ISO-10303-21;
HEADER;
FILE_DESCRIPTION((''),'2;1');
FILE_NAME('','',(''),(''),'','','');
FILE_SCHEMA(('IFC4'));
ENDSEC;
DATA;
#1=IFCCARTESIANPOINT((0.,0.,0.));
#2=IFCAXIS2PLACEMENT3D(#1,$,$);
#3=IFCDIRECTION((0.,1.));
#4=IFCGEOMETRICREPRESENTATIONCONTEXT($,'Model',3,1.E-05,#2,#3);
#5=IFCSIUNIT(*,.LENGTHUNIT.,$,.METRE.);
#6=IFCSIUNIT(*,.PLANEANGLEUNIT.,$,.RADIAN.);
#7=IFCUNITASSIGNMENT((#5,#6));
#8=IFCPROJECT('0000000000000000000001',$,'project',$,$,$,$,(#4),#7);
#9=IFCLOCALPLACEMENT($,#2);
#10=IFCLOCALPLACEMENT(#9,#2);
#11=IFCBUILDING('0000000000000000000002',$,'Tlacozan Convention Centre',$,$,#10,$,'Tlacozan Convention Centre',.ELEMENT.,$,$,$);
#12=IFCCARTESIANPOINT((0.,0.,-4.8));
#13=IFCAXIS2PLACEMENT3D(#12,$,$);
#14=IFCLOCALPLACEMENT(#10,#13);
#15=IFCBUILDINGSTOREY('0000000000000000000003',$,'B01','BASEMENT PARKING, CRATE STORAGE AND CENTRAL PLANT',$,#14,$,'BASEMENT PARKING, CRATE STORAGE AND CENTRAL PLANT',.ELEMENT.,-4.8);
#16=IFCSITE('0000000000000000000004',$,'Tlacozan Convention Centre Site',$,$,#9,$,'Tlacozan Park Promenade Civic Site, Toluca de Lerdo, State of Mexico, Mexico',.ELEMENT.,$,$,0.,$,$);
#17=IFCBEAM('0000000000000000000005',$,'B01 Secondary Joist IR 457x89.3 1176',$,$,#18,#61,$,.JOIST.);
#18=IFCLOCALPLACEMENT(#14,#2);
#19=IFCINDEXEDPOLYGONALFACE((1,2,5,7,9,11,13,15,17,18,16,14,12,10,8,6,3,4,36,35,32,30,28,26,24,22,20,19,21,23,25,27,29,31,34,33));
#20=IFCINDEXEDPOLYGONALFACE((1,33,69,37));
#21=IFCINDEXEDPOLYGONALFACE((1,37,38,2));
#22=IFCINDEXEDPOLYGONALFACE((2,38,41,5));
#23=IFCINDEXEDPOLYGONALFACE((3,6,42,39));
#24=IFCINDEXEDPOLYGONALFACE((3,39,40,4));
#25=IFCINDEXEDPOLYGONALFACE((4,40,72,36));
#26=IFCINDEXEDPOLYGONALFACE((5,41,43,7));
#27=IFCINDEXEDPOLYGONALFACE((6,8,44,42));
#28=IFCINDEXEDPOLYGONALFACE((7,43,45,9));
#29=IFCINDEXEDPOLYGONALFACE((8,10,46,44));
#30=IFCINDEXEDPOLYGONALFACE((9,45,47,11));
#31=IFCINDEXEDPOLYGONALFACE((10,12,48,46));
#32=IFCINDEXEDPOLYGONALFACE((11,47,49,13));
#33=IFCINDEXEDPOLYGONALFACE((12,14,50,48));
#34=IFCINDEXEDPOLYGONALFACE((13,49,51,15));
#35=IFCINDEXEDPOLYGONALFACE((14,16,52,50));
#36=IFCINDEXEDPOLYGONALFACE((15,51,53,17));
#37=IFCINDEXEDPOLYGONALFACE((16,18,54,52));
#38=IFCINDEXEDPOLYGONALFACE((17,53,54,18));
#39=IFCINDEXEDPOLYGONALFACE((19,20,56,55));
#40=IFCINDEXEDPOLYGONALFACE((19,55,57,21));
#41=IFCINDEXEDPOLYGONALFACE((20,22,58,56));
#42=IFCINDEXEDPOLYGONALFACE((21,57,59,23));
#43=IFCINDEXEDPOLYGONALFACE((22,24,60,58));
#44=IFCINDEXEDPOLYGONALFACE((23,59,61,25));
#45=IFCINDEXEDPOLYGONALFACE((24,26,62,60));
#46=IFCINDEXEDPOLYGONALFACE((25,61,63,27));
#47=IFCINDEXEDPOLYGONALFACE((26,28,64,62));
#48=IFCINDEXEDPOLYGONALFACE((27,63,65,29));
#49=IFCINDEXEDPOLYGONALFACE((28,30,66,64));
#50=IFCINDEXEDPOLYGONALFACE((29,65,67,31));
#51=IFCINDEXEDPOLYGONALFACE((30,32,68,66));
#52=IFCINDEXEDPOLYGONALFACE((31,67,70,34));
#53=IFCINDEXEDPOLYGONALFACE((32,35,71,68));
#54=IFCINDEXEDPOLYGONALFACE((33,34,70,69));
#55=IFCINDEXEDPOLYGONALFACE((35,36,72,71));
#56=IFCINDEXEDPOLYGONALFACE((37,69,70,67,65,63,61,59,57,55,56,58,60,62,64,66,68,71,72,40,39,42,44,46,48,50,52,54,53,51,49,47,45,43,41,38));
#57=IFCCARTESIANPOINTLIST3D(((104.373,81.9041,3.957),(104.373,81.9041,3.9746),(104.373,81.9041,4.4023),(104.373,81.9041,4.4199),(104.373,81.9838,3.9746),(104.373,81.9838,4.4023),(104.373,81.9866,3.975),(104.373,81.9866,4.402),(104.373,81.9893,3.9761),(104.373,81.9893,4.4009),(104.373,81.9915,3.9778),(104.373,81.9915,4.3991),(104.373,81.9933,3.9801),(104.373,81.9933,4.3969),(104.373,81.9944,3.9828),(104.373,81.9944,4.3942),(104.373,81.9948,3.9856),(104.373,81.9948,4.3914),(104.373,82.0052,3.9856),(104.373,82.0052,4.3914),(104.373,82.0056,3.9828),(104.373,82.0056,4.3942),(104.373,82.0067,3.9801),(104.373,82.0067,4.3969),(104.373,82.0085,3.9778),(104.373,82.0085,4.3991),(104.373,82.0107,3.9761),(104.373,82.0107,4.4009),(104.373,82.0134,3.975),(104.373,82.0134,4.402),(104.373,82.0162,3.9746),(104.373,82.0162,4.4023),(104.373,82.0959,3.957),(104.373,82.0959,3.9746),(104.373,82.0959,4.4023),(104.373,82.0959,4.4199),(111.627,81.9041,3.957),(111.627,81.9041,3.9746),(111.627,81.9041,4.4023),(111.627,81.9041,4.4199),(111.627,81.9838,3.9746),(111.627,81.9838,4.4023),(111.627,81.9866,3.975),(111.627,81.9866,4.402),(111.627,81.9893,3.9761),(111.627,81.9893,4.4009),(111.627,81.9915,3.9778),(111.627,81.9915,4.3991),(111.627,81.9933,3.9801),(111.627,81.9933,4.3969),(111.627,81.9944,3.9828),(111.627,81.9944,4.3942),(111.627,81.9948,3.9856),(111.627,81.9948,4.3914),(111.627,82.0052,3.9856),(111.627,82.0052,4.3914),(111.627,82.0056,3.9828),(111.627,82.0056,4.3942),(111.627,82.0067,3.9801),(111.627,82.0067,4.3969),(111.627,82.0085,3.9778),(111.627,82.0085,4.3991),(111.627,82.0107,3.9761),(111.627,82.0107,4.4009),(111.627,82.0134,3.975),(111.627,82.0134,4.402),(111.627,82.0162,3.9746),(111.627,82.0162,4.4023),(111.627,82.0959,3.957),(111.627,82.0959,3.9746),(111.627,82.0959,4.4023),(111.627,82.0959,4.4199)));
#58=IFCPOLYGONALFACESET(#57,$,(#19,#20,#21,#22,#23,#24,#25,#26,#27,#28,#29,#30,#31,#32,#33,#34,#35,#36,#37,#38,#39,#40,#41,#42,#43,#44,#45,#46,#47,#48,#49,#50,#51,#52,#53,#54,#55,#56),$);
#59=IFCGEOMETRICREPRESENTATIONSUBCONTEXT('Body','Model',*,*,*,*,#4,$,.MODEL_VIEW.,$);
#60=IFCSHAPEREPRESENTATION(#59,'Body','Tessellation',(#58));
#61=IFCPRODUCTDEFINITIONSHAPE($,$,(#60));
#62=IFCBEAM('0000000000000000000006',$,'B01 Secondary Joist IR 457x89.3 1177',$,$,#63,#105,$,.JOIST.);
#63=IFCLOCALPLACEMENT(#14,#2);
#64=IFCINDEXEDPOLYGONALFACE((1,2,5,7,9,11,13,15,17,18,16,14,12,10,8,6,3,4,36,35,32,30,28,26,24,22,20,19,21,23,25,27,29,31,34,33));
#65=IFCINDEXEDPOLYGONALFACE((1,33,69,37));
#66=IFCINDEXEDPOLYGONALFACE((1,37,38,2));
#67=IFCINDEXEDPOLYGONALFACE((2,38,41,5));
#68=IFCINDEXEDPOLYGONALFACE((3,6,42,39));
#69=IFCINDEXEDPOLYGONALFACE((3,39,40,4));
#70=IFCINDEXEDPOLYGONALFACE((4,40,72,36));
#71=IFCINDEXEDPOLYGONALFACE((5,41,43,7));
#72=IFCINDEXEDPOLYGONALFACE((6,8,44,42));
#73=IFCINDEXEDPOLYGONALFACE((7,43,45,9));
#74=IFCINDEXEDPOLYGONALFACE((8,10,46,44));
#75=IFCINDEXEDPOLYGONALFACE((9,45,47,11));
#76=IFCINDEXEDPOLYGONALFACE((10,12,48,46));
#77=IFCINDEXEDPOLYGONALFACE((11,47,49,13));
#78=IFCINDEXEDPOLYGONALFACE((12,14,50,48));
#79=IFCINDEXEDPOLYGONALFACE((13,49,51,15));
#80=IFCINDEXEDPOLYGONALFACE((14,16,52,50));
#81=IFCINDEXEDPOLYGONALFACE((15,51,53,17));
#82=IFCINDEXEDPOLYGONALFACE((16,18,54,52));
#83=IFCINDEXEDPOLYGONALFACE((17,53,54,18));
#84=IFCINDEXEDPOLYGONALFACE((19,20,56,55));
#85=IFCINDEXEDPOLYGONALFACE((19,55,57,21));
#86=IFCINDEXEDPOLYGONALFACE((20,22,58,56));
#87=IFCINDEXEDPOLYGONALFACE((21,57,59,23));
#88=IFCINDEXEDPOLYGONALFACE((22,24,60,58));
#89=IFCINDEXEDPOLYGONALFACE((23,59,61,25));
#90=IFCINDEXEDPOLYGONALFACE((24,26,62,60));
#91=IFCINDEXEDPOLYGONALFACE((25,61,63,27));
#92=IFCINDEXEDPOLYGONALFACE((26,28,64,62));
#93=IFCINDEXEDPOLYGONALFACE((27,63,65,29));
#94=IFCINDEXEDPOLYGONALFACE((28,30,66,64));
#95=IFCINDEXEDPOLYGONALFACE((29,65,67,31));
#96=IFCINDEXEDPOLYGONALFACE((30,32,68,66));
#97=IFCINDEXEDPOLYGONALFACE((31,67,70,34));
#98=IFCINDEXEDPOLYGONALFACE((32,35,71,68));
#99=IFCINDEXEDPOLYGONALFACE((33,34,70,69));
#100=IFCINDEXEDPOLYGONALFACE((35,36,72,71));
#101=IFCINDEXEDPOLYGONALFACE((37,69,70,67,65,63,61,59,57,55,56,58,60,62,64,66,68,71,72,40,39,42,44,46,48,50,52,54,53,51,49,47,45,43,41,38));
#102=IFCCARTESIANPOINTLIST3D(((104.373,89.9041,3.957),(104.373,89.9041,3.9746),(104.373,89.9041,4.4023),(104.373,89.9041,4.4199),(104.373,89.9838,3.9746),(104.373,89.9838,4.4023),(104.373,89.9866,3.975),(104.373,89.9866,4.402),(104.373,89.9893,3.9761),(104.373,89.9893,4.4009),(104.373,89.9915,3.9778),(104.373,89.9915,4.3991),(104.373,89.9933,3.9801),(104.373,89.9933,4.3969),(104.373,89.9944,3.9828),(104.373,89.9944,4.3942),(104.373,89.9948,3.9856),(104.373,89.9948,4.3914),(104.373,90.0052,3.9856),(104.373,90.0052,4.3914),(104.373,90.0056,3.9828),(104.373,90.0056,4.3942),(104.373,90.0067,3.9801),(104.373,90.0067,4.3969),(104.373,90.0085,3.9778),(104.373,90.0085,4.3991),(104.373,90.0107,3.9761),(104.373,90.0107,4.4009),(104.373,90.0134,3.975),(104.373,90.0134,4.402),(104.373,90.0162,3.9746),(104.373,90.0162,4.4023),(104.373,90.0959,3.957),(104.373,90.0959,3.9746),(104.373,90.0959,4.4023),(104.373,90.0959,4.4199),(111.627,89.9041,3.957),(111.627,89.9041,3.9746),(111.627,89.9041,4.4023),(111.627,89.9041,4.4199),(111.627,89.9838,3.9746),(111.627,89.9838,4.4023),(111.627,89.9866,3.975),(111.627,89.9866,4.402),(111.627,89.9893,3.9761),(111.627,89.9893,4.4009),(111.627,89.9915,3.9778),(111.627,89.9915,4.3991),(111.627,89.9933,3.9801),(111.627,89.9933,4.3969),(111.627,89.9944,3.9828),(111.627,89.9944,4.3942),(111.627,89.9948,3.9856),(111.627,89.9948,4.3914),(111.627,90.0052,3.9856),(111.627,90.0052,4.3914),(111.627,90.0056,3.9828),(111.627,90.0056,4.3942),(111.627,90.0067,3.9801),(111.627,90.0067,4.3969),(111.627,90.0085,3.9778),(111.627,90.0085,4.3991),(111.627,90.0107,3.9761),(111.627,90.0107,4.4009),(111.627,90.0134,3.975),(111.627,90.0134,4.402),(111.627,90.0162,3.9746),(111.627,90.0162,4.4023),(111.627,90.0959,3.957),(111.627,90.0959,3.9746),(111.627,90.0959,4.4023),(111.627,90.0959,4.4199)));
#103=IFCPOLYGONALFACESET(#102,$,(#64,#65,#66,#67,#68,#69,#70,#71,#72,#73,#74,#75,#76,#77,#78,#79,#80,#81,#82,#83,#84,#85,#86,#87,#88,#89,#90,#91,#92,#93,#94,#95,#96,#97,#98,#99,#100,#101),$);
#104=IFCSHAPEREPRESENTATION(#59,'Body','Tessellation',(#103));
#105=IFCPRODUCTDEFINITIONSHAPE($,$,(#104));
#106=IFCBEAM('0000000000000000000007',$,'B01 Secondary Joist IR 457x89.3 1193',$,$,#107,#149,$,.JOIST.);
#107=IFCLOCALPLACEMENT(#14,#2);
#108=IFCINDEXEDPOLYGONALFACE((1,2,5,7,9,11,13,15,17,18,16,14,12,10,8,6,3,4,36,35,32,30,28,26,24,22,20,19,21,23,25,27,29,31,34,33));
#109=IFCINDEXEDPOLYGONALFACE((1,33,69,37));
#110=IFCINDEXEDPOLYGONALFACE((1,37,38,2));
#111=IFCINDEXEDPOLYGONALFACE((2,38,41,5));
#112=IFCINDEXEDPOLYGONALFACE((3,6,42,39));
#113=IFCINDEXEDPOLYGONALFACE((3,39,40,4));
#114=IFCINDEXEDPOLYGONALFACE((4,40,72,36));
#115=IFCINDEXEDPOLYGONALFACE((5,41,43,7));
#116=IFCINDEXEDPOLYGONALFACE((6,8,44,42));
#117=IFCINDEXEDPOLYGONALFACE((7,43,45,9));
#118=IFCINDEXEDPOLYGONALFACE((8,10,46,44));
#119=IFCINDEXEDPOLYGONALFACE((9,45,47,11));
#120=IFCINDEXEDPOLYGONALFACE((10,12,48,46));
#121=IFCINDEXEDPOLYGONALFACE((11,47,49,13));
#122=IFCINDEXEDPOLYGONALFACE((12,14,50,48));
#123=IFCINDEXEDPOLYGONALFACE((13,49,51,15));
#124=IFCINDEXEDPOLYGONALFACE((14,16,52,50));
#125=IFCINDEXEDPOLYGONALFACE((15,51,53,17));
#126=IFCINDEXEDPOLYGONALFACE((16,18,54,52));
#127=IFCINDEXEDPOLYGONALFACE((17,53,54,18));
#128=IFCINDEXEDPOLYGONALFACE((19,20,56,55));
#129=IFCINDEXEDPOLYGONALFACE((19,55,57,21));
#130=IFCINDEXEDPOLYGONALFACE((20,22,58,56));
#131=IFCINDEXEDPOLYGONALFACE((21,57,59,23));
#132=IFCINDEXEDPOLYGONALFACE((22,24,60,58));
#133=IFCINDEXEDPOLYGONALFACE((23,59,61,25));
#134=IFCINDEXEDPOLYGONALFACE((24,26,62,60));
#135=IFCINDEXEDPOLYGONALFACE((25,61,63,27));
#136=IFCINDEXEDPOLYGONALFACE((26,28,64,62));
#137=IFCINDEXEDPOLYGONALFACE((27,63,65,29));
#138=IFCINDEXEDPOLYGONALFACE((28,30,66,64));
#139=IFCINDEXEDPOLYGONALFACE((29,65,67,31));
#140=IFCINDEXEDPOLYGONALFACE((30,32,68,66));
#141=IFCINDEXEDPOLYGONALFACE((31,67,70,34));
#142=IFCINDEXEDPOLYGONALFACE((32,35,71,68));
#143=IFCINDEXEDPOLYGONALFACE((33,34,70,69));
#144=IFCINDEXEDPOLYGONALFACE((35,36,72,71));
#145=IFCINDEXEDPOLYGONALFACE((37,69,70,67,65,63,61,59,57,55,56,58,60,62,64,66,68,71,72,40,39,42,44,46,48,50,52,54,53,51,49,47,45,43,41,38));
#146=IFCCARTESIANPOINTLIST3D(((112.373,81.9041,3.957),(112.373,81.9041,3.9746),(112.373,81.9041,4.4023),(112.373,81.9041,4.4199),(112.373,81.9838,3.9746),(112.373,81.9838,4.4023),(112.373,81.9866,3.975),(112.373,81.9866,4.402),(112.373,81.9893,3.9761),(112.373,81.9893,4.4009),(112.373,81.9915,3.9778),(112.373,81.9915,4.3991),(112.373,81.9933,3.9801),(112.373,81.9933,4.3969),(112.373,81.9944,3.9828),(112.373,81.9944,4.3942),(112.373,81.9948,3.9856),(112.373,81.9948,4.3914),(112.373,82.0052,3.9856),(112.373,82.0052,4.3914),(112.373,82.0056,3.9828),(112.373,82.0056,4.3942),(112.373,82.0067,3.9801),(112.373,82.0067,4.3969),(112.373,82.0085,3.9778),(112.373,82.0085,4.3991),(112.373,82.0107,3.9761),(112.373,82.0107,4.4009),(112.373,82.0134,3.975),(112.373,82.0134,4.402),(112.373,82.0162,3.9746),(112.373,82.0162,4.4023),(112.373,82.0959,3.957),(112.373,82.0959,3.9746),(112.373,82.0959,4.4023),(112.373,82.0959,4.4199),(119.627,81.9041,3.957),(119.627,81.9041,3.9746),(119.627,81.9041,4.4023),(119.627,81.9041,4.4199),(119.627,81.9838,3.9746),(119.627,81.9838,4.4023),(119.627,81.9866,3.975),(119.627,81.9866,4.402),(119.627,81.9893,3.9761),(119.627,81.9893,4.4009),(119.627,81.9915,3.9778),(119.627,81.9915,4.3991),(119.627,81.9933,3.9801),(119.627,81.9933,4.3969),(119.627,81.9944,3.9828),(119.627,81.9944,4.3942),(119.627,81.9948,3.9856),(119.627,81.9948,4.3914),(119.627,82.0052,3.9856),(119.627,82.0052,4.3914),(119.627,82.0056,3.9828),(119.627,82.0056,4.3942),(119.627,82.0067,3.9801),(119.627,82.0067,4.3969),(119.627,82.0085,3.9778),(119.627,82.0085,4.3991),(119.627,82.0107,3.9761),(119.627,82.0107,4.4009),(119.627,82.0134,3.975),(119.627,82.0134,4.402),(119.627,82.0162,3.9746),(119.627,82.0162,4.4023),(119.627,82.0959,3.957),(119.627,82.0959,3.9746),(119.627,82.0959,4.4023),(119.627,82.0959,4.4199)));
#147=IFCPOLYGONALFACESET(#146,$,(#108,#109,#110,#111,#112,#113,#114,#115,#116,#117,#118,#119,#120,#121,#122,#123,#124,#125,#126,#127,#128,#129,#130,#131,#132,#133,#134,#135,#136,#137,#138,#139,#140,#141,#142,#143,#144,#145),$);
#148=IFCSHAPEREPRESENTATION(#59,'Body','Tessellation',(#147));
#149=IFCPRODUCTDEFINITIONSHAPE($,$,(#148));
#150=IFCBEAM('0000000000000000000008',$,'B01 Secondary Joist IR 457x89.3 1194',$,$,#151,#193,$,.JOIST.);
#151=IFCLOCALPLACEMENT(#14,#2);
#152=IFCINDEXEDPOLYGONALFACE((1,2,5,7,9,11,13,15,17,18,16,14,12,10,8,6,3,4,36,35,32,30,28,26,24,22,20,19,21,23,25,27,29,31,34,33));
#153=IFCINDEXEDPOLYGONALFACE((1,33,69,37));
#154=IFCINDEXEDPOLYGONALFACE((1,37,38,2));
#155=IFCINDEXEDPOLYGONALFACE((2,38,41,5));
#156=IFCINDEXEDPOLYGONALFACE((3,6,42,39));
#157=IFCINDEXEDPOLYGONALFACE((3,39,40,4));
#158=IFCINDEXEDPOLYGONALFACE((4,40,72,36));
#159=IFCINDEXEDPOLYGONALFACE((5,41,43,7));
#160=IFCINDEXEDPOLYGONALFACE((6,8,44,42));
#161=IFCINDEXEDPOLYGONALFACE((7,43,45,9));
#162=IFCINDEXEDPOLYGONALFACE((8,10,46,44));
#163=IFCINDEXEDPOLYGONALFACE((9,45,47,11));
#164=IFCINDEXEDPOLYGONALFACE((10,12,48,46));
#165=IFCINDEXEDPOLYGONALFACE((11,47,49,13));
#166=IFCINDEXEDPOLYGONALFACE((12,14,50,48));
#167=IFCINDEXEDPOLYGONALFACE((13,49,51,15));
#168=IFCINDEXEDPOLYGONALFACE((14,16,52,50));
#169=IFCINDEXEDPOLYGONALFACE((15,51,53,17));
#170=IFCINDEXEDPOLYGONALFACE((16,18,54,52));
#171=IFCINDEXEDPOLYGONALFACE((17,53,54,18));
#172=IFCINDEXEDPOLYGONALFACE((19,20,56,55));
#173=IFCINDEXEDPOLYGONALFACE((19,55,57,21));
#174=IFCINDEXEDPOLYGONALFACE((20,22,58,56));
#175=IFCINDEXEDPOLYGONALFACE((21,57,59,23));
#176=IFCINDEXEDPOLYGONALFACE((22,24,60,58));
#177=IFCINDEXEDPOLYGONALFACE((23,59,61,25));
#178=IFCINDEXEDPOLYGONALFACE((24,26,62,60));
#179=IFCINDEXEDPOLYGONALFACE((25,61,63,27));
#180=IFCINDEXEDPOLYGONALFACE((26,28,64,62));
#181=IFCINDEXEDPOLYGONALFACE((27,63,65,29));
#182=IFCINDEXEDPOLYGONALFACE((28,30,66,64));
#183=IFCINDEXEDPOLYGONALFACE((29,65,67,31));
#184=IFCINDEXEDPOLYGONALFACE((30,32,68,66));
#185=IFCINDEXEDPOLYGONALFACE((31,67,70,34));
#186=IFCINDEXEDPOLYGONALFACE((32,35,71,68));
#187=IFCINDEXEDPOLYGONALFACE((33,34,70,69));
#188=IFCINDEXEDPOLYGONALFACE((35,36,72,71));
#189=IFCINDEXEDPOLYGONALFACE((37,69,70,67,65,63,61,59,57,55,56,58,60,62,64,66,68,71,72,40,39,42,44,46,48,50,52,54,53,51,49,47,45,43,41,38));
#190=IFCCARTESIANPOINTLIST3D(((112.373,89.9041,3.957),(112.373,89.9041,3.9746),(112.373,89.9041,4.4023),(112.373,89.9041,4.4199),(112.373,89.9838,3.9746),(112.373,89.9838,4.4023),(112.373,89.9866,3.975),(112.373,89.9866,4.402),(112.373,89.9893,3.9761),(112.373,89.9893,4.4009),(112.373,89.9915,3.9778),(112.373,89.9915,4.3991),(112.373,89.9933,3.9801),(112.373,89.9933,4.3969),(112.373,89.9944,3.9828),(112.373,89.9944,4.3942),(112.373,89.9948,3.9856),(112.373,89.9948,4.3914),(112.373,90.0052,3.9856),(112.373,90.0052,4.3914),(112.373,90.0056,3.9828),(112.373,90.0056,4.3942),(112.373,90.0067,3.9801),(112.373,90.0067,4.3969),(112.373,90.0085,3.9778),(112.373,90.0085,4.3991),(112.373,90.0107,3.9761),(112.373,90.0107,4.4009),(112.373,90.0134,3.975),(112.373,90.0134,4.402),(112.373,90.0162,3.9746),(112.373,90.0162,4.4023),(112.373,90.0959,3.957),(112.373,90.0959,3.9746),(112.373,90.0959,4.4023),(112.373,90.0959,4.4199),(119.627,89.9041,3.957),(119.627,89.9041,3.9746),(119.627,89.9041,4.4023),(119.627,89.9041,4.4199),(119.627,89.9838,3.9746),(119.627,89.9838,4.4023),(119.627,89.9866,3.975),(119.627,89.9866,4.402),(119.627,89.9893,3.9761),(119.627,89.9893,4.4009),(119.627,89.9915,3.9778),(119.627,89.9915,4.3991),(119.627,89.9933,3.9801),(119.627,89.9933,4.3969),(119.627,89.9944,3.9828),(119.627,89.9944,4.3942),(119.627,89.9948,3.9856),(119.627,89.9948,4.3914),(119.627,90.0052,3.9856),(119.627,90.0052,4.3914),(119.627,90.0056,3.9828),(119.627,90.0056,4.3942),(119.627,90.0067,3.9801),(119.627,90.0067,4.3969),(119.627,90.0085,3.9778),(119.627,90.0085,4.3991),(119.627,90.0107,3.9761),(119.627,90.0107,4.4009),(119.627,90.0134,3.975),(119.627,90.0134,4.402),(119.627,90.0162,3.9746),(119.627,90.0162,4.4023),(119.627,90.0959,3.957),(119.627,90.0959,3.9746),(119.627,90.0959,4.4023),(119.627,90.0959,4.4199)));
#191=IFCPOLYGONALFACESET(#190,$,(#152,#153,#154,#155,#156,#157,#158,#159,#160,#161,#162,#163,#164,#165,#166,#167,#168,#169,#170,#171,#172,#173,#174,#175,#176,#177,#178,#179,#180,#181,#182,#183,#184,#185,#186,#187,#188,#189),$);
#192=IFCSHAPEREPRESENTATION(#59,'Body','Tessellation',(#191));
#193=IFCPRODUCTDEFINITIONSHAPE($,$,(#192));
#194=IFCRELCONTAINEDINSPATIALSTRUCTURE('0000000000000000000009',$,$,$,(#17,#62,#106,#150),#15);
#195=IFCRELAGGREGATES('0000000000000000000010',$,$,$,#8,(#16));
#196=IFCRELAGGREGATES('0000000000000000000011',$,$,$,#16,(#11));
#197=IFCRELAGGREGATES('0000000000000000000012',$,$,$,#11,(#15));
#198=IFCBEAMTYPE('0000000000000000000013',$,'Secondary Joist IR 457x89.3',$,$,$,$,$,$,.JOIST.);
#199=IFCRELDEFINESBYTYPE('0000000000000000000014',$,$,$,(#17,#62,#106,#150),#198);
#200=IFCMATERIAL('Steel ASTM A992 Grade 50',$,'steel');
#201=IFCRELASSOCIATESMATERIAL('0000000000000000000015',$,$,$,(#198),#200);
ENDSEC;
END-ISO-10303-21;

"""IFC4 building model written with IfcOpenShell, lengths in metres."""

from ifc_helpers import new_model, si_unit, direction, frame, origin, origin_2d, place, context, subcontext, project, spatial, i_section, extrude, material, material_profile, profile_set, type_object, element, save


model = new_model("IFC4")

# Units and contexts
model_context = context("Model", 3, precision=1e-05, world=origin(), true_north=direction((0.0, 1.0)))
body_context = subcontext(model_context, "Body", "Model", "MODEL_VIEW")
ifc_project = project(units=[si_unit("LENGTHUNIT", "METRE"), si_unit("PLANEANGLEUNIT", "RADIAN")], contexts=[model_context])

# Site, building, storey
site_placement = place(None, origin())
site = spatial("IfcSite", under=ifc_project, at=site_placement, Name="Tlacozan Convention Centre Site", LongName="Tlacozan Park Promenade Civic Site, Toluca de Lerdo, State of Mexico, Mexico", CompositionType="ELEMENT", RefElevation=0.0)
building_placement = place(site_placement, origin())
building = spatial("IfcBuilding", under=site, at=building_placement, Name="Tlacozan Convention Centre", LongName="Tlacozan Convention Centre", CompositionType="ELEMENT")
storey_placement = place(building_placement, frame((0.0, 0.0, -4.8)))
storey = spatial("IfcBuildingStorey", under=building, at=storey_placement, Name="B01", Description="BASEMENT PARKING, CRATE STORAGE AND CENTRAL PLANT", LongName="BASEMENT PARKING, CRATE STORAGE AND CENTRAL PLANT", CompositionType="ELEMENT", Elevation=-4.8)

# Beams
ifc_material_1 = material(Name="Steel ASTM A992 Grade 50", Category="steel")
ifc_material_profile_1 = material_profile(ifc_material_1, i_section(OverallWidth=0.1919, OverallDepth=0.4629, WebThickness=0.0105, FlangeThickness=0.0176, FilletRadius=0.011, at=origin_2d()), Name="IR 457x89.3")
ifc_profile_set_1 = profile_set([ifc_material_profile_1], Name="Steel ASTM A992 Grade 50")
beam_type_1 = type_object("IfcBeamType", Name="Secondary Joist IR 457x89.3", PredefinedType="JOIST", material=ifc_profile_set_1)
for number, where, z_axis, x_axis, name in (
    (1, (104.373, 82.0, 4.1885), (1.0, 0.0, 0.0), (0.0, 1.0, 0.0), "B01 Secondary Joist IR 457x89.3 1176"),
    (2, (104.373, 90.0, 4.1885), (1.0, 0.0, 0.0), (0.0, 1.0, 0.0), "B01 Secondary Joist IR 457x89.3 1177"),
    (3, (112.373, 82.0, 4.1885), (1.0, 0.0, 0.0), (0.0, 1.0, 0.0), "B01 Secondary Joist IR 457x89.3 1193"),
    (4, (112.373, 90.0, 4.1885), (1.0, 0.0, 0.0), (0.0, 1.0, 0.0), "B01 Secondary Joist IR 457x89.3 1194"),
):
    element("IfcBeam", number, at=place(storey_placement, frame(where, z_axis=z_axis, x_axis=x_axis)), inside=storey, type_object=beam_type_1, Name=name, PredefinedType="JOIST", context=body_context, shape_type="SweptSolid", body=[
        extrude(i_section(OverallWidth=0.1919, OverallDepth=0.4629, WebThickness=0.0105, FlangeThickness=0.0176, FilletRadius=0.011, at=origin_2d()), origin(), (0.0, 0.0, 1.0), 7.2539),
    ])

save(model, "model.ifc")
